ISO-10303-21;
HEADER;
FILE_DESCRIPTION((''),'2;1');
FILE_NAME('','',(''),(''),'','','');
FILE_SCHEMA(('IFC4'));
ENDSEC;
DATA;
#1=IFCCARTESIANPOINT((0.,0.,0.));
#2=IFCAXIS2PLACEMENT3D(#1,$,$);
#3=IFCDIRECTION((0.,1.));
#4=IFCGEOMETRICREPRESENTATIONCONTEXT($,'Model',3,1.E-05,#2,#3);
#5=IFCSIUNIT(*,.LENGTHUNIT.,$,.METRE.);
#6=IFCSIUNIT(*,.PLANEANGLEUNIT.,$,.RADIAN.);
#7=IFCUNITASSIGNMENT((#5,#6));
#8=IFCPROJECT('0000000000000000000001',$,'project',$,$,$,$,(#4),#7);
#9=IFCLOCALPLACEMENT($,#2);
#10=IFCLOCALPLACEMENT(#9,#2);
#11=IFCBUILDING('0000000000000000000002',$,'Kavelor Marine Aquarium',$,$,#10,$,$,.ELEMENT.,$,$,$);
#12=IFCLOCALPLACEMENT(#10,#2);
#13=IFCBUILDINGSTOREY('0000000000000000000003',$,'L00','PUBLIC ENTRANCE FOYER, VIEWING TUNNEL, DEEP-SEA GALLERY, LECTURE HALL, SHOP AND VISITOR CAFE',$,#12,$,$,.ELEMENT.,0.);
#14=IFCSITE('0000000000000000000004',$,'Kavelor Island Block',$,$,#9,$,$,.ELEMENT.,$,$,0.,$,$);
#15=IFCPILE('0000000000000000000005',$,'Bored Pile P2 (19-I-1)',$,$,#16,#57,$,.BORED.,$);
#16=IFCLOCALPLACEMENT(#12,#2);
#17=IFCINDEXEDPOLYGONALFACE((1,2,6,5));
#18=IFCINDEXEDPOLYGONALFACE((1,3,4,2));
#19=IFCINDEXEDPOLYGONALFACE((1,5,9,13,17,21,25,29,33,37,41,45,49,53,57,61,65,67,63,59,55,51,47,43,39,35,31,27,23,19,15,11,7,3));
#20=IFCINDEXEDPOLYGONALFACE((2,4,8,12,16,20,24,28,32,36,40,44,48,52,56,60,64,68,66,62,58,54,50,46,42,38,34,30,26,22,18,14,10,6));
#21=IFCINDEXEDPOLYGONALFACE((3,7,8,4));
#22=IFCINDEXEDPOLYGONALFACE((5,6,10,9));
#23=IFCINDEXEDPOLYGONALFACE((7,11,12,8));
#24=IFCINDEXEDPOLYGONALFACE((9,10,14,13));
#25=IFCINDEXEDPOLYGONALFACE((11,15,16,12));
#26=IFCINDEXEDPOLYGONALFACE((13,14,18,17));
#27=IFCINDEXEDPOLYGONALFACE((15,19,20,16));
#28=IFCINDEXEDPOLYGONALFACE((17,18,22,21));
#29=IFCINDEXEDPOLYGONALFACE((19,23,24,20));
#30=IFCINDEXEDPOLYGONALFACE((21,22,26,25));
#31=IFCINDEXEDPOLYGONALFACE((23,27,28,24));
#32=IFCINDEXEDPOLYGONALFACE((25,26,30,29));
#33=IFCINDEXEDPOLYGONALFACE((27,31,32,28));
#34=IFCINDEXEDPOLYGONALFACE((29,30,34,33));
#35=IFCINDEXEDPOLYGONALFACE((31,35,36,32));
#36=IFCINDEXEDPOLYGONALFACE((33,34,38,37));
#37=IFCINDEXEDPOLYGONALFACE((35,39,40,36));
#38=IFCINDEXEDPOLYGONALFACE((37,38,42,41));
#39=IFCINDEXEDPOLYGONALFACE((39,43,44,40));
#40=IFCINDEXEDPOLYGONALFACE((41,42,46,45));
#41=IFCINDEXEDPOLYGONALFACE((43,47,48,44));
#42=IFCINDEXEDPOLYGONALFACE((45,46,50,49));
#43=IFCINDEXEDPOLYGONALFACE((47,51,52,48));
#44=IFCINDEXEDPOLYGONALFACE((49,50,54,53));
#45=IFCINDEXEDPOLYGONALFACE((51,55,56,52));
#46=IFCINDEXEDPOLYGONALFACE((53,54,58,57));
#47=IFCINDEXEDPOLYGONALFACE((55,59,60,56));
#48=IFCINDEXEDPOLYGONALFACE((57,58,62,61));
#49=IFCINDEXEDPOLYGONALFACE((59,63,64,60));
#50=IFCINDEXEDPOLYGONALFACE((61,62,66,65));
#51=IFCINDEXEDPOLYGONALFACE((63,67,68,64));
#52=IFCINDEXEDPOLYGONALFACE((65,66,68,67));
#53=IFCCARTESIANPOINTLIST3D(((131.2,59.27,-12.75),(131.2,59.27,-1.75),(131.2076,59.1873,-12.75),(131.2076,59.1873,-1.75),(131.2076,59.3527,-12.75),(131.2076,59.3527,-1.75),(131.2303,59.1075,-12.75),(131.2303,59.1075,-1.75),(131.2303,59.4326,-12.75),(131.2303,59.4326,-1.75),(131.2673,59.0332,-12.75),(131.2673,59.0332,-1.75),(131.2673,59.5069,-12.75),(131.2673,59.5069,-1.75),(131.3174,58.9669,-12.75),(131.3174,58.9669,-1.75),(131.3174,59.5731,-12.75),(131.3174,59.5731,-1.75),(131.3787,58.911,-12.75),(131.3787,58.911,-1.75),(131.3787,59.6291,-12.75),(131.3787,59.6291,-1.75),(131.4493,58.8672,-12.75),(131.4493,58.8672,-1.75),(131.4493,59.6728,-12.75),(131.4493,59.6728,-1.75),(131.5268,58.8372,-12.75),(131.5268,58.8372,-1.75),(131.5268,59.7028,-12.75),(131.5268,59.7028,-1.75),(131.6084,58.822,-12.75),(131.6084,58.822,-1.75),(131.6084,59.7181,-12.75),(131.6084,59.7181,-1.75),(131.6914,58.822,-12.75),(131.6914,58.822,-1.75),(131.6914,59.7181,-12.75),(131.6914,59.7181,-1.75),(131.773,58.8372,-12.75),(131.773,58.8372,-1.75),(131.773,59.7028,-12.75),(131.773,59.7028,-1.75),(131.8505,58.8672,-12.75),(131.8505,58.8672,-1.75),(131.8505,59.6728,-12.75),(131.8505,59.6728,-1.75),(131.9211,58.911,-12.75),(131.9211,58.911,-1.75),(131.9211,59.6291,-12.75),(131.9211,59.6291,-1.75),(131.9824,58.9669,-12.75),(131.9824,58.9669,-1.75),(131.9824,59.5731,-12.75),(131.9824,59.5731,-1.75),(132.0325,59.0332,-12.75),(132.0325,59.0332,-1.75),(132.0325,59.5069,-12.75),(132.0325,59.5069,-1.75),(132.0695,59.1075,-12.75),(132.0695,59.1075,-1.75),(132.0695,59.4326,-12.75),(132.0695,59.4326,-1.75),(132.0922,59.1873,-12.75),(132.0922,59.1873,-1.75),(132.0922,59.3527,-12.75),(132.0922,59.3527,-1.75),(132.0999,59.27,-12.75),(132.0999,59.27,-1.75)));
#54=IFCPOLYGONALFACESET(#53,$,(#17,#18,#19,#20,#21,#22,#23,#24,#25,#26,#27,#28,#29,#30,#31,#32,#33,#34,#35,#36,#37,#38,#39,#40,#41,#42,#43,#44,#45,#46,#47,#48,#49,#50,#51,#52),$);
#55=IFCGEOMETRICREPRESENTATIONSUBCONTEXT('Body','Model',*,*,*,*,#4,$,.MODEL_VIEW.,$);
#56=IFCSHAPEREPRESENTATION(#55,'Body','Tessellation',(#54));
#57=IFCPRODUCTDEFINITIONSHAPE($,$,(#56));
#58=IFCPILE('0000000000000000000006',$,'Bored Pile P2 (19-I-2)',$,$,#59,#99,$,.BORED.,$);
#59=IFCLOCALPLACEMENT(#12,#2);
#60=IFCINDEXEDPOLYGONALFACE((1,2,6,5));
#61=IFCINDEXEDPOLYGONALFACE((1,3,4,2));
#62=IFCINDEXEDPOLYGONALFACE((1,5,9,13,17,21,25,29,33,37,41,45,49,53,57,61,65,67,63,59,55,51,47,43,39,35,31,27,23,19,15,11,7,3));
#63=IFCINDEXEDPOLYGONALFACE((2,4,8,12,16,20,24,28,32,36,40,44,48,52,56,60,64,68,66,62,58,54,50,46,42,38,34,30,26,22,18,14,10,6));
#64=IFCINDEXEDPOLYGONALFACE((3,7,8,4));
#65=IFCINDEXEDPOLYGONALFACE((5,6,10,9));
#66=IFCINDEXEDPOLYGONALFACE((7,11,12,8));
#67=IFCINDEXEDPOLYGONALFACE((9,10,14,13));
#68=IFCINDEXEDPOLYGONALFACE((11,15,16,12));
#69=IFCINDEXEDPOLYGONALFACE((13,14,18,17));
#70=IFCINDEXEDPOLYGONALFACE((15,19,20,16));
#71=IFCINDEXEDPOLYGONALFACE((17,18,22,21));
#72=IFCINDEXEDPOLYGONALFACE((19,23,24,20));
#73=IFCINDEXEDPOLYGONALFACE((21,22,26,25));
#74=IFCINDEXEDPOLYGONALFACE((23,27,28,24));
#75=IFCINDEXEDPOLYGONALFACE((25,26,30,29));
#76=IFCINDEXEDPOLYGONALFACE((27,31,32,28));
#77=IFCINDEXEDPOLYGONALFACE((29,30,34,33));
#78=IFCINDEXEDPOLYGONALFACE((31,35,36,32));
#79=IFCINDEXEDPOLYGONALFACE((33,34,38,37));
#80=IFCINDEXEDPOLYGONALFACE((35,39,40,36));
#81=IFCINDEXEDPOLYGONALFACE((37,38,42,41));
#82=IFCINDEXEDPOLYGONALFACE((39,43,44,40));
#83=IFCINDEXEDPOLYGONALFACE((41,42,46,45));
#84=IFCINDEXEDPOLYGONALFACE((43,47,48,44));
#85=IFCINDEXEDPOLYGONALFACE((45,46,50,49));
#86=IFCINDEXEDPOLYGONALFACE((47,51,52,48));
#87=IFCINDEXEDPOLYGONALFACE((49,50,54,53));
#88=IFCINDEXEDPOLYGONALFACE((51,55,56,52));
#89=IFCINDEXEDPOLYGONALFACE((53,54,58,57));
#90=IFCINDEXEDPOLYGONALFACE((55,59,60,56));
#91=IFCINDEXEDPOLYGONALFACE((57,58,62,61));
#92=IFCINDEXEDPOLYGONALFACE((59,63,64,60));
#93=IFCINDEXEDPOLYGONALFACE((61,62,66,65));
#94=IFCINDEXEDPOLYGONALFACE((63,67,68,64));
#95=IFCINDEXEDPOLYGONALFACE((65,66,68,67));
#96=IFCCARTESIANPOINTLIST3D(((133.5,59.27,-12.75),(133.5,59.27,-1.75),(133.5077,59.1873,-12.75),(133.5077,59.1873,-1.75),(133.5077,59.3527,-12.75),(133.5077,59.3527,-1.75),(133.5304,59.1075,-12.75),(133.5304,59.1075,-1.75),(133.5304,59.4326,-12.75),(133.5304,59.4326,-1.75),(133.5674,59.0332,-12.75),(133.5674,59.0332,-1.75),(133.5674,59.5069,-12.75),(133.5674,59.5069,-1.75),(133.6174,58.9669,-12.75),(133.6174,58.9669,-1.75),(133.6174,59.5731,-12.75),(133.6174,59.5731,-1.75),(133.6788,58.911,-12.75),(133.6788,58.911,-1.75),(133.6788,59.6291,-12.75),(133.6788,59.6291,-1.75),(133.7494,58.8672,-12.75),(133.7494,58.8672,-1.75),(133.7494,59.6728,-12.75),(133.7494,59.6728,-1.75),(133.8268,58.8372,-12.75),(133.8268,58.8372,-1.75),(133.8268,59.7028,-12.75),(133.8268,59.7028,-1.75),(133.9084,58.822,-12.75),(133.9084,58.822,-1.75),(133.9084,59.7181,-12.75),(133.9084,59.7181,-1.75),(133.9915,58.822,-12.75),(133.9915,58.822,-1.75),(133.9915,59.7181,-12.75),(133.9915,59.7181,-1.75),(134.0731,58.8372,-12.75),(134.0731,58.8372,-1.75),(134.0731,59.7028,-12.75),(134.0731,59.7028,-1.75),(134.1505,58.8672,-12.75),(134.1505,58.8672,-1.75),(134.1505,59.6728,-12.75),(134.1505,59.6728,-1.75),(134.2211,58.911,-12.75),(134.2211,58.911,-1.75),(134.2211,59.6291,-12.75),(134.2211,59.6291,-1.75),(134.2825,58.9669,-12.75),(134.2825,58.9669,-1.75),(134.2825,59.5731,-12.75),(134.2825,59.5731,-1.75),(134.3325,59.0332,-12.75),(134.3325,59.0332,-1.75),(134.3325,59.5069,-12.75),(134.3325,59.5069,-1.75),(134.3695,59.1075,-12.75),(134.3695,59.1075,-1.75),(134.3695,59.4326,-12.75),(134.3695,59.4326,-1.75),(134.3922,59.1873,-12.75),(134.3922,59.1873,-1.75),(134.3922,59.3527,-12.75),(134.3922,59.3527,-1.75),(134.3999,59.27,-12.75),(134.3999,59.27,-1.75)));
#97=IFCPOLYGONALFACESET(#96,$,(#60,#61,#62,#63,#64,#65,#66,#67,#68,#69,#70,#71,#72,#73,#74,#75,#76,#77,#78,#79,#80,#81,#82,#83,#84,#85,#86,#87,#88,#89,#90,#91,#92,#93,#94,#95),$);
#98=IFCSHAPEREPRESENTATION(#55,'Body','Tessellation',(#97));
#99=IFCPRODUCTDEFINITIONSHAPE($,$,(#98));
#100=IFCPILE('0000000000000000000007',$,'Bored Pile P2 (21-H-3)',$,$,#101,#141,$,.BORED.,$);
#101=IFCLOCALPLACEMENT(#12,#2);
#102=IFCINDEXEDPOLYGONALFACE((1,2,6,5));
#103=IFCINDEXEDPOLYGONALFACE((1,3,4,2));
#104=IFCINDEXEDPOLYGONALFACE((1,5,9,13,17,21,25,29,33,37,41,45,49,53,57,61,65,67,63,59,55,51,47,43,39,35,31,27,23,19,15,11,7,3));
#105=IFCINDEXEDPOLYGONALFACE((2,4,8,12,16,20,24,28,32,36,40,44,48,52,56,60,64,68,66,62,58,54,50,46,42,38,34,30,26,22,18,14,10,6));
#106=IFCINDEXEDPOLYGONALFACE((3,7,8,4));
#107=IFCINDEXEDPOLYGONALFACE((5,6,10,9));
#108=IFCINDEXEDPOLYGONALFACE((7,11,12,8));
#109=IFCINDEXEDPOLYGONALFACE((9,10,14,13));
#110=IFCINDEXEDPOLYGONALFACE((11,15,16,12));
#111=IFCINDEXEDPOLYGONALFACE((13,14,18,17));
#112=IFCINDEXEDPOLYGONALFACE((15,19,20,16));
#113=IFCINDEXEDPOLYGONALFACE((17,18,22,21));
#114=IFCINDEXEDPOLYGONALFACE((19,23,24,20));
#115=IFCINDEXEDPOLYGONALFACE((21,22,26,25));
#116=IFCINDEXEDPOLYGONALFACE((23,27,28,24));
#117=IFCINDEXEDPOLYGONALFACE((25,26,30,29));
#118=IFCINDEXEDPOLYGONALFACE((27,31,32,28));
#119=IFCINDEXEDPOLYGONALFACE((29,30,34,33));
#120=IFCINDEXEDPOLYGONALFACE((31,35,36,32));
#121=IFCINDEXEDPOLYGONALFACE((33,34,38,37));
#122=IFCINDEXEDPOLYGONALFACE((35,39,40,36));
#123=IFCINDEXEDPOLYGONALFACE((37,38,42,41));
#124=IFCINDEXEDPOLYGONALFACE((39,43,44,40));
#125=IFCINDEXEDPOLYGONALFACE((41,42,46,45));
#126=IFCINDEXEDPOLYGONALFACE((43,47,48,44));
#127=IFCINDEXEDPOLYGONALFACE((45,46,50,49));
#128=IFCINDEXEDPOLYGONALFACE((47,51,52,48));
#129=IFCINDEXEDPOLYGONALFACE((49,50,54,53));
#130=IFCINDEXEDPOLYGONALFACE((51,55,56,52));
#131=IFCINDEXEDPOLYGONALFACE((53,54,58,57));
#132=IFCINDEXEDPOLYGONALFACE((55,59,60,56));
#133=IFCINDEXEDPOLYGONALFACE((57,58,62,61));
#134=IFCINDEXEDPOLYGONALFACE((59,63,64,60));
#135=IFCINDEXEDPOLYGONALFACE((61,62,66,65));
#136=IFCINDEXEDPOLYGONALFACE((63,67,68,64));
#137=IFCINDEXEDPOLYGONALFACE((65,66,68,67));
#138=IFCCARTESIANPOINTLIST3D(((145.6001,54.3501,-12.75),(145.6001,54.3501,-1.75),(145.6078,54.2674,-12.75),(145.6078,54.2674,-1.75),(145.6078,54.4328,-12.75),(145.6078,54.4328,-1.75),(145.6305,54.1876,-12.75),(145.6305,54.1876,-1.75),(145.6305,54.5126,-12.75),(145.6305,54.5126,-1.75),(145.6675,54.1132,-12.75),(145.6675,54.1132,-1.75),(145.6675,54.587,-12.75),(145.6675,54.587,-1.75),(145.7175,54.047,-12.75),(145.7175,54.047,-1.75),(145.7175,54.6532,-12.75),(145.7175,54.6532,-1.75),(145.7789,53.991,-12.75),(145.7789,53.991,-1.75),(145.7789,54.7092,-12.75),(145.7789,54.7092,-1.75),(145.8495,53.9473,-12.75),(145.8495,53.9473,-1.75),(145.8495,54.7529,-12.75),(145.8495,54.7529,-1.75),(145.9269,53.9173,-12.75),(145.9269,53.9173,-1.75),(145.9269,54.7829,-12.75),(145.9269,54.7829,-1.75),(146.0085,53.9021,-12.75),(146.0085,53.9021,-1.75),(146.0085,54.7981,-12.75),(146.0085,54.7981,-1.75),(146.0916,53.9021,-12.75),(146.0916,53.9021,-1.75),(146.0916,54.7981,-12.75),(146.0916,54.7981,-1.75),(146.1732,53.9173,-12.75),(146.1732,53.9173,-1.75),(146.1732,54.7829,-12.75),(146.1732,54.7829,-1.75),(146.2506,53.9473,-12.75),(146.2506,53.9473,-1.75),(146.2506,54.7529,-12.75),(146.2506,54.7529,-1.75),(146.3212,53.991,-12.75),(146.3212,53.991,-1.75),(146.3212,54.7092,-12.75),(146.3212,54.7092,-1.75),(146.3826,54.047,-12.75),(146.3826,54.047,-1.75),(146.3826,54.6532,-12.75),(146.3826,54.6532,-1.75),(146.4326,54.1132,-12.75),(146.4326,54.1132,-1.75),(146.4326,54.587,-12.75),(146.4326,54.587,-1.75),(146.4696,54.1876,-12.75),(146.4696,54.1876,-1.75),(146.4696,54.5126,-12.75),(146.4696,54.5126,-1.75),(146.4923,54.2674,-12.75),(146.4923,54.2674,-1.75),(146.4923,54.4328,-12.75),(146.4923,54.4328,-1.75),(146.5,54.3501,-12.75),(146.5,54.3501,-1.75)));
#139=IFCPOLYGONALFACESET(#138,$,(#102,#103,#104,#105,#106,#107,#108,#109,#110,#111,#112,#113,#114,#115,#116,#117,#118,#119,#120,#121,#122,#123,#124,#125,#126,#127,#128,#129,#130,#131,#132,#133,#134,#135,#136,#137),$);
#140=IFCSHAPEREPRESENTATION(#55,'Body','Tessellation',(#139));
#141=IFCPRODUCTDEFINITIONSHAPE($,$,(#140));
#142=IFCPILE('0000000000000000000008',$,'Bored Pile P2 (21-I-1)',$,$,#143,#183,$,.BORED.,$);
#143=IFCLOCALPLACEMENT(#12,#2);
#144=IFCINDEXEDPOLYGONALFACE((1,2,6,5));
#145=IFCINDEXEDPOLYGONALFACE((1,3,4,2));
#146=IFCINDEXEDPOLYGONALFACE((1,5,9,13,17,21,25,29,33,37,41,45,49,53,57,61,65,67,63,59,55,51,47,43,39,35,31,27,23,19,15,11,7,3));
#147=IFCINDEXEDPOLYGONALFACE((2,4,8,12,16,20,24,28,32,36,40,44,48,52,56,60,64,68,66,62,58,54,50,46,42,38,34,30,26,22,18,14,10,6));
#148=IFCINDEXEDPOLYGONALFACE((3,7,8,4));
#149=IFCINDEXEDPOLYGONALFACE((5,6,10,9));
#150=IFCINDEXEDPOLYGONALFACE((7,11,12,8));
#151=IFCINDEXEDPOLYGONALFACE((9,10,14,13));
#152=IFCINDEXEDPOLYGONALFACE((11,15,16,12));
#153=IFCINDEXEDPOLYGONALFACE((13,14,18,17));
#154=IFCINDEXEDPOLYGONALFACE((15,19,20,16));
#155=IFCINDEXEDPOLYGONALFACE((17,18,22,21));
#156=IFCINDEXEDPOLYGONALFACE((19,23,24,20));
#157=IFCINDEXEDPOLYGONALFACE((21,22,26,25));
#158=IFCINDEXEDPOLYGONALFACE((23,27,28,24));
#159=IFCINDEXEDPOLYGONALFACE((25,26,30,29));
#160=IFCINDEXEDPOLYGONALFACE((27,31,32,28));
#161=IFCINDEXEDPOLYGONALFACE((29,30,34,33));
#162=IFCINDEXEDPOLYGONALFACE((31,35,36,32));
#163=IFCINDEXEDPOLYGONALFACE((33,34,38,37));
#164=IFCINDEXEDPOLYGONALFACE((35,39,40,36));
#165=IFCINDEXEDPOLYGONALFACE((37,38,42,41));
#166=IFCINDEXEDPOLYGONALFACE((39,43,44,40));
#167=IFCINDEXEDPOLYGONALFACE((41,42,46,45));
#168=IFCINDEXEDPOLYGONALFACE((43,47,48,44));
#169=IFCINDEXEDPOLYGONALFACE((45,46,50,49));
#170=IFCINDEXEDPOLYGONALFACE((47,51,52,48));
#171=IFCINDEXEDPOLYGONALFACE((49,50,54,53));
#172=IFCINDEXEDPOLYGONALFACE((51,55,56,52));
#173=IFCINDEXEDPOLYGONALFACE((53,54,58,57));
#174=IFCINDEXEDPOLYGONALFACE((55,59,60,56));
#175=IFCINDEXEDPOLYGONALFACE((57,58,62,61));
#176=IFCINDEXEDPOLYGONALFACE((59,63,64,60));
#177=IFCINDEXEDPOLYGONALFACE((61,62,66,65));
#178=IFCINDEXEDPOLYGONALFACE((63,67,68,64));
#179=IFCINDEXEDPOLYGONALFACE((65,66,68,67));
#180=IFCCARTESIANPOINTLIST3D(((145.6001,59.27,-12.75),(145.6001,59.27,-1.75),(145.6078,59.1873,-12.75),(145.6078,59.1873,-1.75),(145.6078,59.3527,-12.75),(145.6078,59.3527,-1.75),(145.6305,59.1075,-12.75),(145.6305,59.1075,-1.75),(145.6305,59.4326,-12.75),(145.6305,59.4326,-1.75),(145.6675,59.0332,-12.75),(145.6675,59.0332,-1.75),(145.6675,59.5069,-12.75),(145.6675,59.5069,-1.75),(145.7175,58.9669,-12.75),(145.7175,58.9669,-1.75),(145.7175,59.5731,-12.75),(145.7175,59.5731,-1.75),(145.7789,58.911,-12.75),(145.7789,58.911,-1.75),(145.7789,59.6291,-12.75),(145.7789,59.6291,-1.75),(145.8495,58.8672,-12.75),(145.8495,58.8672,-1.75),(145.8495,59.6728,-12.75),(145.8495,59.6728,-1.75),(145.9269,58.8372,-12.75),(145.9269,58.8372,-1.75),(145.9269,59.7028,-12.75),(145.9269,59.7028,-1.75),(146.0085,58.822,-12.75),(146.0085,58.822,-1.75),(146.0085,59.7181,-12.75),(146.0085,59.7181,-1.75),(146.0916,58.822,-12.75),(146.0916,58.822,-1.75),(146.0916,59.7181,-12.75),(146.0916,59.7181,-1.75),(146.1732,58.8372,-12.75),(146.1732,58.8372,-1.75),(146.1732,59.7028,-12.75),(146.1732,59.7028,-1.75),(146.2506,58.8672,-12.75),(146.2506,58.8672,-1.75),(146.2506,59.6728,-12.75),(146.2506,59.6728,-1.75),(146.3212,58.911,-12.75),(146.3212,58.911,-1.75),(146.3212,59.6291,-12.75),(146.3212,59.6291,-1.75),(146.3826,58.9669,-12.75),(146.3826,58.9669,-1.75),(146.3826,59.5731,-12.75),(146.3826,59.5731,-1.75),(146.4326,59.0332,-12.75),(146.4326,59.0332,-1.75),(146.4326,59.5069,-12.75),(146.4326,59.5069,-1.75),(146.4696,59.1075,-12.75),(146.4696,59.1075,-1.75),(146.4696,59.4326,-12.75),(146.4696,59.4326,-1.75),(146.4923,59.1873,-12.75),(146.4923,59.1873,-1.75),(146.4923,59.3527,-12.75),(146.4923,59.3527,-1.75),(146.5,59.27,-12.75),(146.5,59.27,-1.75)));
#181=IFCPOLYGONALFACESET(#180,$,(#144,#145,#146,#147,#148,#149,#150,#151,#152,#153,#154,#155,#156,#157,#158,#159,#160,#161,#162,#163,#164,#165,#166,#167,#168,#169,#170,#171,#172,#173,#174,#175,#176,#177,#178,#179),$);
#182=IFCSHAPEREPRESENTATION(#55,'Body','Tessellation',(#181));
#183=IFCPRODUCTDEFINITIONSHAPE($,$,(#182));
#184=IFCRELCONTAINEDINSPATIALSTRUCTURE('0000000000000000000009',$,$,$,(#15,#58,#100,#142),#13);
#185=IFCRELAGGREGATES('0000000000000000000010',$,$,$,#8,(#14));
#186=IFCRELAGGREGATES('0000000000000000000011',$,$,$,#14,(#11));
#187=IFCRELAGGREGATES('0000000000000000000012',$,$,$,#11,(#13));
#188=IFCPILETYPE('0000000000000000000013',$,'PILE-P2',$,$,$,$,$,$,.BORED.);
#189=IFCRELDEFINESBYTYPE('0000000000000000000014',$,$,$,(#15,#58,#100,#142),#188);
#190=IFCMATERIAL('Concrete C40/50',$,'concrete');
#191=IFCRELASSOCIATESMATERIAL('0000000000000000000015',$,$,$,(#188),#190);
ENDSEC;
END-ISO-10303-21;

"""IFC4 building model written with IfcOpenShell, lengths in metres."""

from ifc_helpers import new_model, si_unit, direction, frame, origin, origin_2d, place, context, subcontext, project, spatial, circle, extrude, material, material_profile, profile_set, type_object, element, save


model = new_model("IFC4")

# Units and contexts
model_context = context("Model", 3, precision=1e-05, world=origin(), true_north=direction((0.0, 1.0)))
body_context = subcontext(model_context, "Body", "Model", "MODEL_VIEW")
ifc_project = project(units=[si_unit("LENGTHUNIT", "METRE"), si_unit("PLANEANGLEUNIT", "RADIAN")], contexts=[model_context])

# Site, building, storey
site_placement = place(None, origin())
site = spatial("IfcSite", under=ifc_project, at=site_placement, Name="Kavelor Island Block", CompositionType="ELEMENT", RefElevation=0.0)
building_placement = place(site_placement, origin())
building = spatial("IfcBuilding", under=site, at=building_placement, Name="Kavelor Marine Aquarium", CompositionType="ELEMENT")
storey_placement = place(building_placement, origin())
storey = spatial("IfcBuildingStorey", under=building, at=storey_placement, Name="L00", Description="PUBLIC ENTRANCE FOYER, VIEWING TUNNEL, DEEP-SEA GALLERY, LECTURE HALL, SHOP AND VISITOR CAFE", CompositionType="ELEMENT", Elevation=0.0)

# Piles
ifc_material_1 = material(Name="Concrete C40/50", Category="concrete")
ifc_material_profile_1 = material_profile(ifc_material_1, circle(Radius=0.45, at=origin_2d()), Name="PILE D900")
ifc_profile_set_1 = profile_set([ifc_material_profile_1], Name="Concrete C40/50")
pile_type_1 = type_object("IfcPileType", Name="PILE-P2", PredefinedType="BORED", material=ifc_profile_set_1)
for number, where, z_axis, x_axis, name in (
    (1, (131.6499, 59.27, -1.75), (0.0, 0.0, -1.0), (1.0, 0.0, 0.0), "Bored Pile P2 (19-I-1)"),
    (2, (133.95, 59.27, -1.75), (0.0, 0.0, -1.0), (1.0, 0.0, 0.0), "Bored Pile P2 (19-I-2)"),
    (3, (146.05, 54.3501, -1.75), (0.0, 0.0, -1.0), (1.0, 0.0, 0.0), "Bored Pile P2 (21-H-3)"),
    (4, (146.05, 59.27, -1.75), (0.0, 0.0, -1.0), (1.0, 0.0, 0.0), "Bored Pile P2 (21-I-1)"),
):
    element("IfcPile", number, at=place(storey_placement, frame(where, z_axis=z_axis, x_axis=x_axis)), inside=storey, type_object=pile_type_1, Name=name, PredefinedType="BORED", context=body_context, shape_type="SweptSolid", body=[
        extrude(circle(Radius=0.45, at=origin_2d()), origin(), (0.0, 0.0, 1.0), 11.0),
    ])

save(model, "model.ifc")
